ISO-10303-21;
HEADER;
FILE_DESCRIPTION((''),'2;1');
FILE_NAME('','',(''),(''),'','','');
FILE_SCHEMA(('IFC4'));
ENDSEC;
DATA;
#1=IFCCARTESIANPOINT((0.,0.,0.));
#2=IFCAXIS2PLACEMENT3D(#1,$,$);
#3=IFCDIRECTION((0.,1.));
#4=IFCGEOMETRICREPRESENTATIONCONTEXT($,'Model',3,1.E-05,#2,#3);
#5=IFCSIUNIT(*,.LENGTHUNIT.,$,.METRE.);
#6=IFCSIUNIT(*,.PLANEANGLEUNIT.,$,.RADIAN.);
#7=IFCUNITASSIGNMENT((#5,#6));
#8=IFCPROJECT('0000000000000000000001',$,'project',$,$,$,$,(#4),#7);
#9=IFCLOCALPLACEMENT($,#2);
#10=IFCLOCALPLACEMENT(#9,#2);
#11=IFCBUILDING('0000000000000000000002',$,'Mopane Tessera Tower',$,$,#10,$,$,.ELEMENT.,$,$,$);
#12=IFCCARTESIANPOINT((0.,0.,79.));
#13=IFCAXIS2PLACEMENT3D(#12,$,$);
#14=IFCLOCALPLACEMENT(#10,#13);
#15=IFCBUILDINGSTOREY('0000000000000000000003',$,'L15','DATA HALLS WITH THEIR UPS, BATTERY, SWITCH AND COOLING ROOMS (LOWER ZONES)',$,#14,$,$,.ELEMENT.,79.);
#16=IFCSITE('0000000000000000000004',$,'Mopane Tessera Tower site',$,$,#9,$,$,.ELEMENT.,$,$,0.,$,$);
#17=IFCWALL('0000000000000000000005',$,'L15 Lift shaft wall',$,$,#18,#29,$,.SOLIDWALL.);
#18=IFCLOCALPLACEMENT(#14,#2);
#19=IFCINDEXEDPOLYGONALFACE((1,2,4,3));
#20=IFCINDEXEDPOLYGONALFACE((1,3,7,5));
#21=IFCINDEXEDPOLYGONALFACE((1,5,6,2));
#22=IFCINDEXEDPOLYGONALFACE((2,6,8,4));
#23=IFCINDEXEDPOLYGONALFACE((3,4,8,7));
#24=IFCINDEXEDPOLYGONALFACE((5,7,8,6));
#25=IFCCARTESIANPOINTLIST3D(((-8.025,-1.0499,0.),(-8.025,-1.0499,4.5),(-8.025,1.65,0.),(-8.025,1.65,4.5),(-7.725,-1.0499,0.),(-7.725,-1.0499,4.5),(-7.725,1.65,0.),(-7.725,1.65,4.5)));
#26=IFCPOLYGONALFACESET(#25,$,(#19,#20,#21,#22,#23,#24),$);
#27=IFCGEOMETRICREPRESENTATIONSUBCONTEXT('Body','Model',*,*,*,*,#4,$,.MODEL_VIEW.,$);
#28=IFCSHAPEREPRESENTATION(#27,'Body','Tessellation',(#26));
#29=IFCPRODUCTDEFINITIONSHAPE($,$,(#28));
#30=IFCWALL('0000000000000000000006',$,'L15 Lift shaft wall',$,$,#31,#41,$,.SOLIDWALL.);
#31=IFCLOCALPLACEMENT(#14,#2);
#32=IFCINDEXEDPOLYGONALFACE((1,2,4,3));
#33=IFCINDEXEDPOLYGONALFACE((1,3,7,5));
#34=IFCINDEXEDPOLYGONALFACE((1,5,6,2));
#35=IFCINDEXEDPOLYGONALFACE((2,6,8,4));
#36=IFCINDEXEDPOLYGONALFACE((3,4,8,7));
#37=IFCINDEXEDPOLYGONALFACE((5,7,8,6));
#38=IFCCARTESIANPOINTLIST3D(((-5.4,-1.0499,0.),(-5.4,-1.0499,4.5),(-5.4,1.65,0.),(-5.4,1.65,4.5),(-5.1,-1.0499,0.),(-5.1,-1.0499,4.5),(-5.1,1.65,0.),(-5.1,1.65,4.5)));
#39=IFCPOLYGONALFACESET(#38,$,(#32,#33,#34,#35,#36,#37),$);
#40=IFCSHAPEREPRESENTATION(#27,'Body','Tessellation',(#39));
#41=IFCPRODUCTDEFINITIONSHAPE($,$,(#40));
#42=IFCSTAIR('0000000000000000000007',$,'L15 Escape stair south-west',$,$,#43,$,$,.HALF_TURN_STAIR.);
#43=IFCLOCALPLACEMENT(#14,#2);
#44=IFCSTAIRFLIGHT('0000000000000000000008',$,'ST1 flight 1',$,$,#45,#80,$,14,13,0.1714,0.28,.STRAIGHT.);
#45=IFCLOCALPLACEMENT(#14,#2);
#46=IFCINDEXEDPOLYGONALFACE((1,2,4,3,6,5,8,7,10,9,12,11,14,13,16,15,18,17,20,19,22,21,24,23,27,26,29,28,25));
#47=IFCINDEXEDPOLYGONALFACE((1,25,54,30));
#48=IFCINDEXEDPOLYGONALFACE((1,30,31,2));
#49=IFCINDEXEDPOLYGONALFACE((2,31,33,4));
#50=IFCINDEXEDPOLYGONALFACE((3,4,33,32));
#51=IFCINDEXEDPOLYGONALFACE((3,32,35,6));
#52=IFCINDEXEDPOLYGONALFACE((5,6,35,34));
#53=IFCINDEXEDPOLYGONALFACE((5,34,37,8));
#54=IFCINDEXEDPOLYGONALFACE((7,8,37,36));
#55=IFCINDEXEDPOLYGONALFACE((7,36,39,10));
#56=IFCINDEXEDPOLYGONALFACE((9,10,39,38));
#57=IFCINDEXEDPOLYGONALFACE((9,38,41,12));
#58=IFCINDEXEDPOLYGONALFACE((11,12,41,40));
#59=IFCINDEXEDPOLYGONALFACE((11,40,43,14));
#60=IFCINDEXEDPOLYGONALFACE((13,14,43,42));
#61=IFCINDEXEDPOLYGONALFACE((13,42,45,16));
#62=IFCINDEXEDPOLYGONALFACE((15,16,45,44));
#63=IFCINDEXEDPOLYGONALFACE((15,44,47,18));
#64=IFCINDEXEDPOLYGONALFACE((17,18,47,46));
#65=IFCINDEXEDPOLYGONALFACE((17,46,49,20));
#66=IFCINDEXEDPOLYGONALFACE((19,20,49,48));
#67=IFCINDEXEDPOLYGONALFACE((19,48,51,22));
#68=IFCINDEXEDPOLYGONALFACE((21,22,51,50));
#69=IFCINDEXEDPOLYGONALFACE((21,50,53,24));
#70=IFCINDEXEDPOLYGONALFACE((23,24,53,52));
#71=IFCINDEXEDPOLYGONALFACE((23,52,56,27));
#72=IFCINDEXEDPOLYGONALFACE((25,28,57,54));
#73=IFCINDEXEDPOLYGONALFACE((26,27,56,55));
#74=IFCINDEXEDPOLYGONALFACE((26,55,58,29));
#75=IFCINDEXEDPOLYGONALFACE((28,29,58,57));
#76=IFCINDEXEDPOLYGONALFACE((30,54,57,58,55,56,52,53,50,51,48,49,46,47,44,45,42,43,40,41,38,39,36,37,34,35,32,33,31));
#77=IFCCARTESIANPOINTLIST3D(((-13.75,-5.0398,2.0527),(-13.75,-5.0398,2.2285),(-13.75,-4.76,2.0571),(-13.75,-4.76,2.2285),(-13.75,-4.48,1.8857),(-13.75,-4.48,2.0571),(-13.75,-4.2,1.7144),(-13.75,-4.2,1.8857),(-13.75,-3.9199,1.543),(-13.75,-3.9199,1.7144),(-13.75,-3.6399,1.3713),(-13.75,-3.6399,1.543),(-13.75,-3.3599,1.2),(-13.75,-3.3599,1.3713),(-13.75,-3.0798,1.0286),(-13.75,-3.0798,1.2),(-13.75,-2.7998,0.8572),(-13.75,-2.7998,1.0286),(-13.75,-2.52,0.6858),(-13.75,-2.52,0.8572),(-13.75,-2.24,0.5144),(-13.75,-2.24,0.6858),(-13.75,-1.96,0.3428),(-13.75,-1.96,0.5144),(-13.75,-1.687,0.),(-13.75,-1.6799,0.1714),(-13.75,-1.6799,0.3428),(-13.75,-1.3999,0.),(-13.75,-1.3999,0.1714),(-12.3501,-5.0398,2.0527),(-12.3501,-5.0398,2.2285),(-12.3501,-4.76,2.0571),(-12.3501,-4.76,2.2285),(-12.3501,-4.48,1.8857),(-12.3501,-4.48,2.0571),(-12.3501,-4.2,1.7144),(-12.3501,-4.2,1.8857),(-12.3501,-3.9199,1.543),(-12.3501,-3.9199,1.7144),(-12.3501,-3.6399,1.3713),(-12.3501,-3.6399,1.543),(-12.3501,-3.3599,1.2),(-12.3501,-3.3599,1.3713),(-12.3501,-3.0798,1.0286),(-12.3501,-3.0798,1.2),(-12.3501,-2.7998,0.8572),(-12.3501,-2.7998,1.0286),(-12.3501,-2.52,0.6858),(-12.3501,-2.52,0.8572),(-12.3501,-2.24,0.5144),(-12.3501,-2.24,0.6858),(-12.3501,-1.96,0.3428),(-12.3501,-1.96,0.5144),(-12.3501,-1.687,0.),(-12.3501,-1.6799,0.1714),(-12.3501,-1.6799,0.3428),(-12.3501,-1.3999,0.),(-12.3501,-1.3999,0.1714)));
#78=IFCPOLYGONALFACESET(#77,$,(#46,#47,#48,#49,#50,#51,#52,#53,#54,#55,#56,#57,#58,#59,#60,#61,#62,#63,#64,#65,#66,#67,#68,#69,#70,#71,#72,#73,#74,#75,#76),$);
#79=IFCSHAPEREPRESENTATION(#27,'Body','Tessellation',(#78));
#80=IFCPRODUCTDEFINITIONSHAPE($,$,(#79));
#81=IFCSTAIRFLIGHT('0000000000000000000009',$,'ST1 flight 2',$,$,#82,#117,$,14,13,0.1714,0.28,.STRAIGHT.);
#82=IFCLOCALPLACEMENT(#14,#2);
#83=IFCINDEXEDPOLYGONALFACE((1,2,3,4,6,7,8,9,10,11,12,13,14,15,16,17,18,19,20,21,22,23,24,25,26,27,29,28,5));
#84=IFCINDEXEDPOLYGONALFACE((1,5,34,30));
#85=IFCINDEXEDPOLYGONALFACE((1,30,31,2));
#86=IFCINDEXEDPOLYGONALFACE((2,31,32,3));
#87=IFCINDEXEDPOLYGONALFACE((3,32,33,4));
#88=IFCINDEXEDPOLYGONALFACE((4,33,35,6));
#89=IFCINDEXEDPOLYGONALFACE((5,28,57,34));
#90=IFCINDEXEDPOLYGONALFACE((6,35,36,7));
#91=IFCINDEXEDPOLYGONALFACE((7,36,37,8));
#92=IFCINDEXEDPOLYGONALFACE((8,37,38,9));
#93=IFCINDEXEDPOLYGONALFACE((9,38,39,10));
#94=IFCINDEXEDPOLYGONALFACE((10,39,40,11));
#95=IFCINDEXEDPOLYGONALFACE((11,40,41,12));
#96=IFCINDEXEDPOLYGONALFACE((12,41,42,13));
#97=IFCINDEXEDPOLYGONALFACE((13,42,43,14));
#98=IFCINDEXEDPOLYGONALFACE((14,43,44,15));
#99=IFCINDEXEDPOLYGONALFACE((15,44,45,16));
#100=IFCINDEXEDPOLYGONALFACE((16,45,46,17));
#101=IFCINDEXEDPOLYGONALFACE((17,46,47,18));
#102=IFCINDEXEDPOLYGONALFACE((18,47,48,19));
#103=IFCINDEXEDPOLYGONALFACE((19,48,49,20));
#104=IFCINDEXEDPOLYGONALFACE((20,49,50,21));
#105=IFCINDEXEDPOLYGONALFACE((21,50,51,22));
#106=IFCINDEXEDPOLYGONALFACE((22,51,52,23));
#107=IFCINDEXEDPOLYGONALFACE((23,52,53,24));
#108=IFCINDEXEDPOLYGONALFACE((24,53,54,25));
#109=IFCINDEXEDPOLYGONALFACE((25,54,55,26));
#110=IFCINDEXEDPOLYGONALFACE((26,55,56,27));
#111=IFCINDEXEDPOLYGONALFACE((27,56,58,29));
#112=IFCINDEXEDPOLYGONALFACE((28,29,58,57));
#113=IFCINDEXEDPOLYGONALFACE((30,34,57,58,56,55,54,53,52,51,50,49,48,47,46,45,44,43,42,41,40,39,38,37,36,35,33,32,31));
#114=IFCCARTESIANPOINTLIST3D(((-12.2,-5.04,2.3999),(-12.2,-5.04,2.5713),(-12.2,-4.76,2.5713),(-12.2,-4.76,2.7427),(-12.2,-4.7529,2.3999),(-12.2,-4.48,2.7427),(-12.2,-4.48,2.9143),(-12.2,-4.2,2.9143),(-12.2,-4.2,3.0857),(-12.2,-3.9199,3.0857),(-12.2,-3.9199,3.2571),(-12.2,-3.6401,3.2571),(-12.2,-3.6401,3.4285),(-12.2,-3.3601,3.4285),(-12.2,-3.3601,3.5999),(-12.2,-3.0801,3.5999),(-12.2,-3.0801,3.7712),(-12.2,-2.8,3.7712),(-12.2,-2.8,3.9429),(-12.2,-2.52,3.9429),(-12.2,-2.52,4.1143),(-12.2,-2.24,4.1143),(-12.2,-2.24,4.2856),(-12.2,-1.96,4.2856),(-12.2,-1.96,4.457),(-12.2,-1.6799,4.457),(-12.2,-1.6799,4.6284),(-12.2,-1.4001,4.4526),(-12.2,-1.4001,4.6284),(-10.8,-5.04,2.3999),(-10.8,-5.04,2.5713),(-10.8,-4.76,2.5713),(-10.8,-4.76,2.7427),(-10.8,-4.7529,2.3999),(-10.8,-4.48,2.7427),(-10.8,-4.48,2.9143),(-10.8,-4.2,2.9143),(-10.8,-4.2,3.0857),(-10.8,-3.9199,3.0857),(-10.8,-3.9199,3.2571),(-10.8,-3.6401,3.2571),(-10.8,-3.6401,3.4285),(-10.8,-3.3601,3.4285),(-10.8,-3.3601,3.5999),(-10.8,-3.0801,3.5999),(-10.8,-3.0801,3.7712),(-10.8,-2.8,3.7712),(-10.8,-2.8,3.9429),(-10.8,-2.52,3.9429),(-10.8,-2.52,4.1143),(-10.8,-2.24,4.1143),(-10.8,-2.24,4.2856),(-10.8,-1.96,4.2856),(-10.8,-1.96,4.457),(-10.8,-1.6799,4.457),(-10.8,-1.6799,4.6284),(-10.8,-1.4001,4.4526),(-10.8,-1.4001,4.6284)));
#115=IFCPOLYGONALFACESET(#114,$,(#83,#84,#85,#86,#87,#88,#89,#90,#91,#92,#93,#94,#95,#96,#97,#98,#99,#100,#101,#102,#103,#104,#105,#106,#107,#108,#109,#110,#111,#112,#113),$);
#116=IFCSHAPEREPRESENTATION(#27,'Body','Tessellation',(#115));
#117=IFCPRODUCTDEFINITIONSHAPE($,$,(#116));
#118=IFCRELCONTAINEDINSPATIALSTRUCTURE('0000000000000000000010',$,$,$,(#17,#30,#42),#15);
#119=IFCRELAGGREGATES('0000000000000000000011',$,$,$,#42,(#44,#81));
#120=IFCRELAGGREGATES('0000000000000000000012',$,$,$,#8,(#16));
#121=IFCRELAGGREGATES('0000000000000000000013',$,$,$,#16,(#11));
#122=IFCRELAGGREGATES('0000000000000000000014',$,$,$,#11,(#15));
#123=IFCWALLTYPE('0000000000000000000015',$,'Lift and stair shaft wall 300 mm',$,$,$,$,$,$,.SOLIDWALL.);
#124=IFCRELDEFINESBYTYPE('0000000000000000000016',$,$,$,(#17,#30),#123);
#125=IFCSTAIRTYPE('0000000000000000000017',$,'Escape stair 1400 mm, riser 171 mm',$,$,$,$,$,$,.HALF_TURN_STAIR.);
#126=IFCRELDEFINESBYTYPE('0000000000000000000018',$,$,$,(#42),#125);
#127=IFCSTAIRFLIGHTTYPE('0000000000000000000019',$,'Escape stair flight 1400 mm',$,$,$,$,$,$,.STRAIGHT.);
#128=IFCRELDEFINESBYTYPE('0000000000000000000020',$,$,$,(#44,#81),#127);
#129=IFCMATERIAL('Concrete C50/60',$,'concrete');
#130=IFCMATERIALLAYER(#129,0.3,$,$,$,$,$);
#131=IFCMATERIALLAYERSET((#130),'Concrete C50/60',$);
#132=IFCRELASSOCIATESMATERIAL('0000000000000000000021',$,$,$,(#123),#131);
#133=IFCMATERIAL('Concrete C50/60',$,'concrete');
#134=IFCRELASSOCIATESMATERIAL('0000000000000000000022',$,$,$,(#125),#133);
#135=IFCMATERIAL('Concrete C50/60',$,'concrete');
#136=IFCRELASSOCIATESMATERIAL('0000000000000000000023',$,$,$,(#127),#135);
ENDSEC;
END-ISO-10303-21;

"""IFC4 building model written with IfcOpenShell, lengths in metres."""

from ifc_helpers import new_model, si_unit, direction, frame, frame_2d, origin, place, context, subcontext, project, spatial, polyline, rectangle, outline, extrude, material, layer, layer_set, type_object, element, aggregate, save


model = new_model("IFC4")

# Units and contexts
model_context = context("Model", 3, precision=1e-05, world=origin(), true_north=direction((0.0, 1.0)))
body_context = subcontext(model_context, "Body", "Model", "MODEL_VIEW")
ifc_project = project(units=[si_unit("LENGTHUNIT", "METRE"), si_unit("PLANEANGLEUNIT", "RADIAN")], contexts=[model_context])

# Site, building, storey
site_placement = place(None, origin())
site = spatial("IfcSite", under=ifc_project, at=site_placement, Name="Mopane Tessera Tower site", CompositionType="ELEMENT", RefElevation=0.0)
building_placement = place(site_placement, origin())
building = spatial("IfcBuilding", under=site, at=building_placement, Name="Mopane Tessera Tower", CompositionType="ELEMENT")
storey_placement = place(building_placement, frame((0.0, 0.0, 79.0)))
storey = spatial("IfcBuildingStorey", under=building, at=storey_placement, Name="L15", Description="DATA HALLS WITH THEIR UPS, BATTERY, SWITCH AND COOLING ROOMS (LOWER ZONES)", CompositionType="ELEMENT", Elevation=79.0)

# Walls
ifc_material_1 = material(Name="Concrete C50/60", Category="concrete")
ifc_layer_1 = layer(ifc_material_1, 0.3)
ifc_layer_set_1 = layer_set([ifc_layer_1], Name="Concrete C50/60")
wall_type_1 = type_object("IfcWallType", Name="Lift and stair shaft wall 300 mm", PredefinedType="SOLIDWALL", material=ifc_layer_set_1)
for number, where, z_axis, x_axis, name in (
    (1, (-7.875, -1.05, 0.0), (0.0, 0.0, 1.0), (0.0, 1.0, 0.0), "L15 Lift shaft wall"),
    (2, (-5.25, -1.05, 0.0), (0.0, 0.0, 1.0), (0.0, 1.0, 0.0), "L15 Lift shaft wall"),
):
    element("IfcWall", number, at=place(storey_placement, frame(where, z_axis=z_axis, x_axis=x_axis)), inside=storey, type_object=wall_type_1, Name=name, PredefinedType="SOLIDWALL", context=body_context, shape_type="SweptSolid", body=[
        extrude(rectangle(XDim=2.7, YDim=0.3, at=frame_2d((1.3501, 0.0))), origin(), (0.0, 0.0, 1.0), 4.5),
    ])

# Stair, stair flights
ifc_material_2 = material(Name="Concrete C50/60", Category="concrete")
stair_type = type_object("IfcStairType", Name="Escape stair 1400 mm, riser 171 mm", PredefinedType="HALF_TURN_STAIR", material=ifc_material_2)
stair_placement = place(storey_placement, origin())
stair = element("IfcStair", 3, at=stair_placement, inside=storey, type_object=stair_type, Name="L15 Escape stair south-west", PredefinedType="HALF_TURN_STAIR")
ifc_material_3 = material(Name="Concrete C50/60", Category="concrete")
stair_flight_type = type_object("IfcStairFlightType", Name="Escape stair flight 1400 mm", PredefinedType="STRAIGHT", material=ifc_material_3)
stair_flight_1_placement = place(storey_placement, frame((-13.05, -1.3999, 0.0), z_axis=(0.0, 0.0, 1.0), x_axis=(0.0, -1.0, 0.0)))
stair_flight_1 = element("IfcStairFlight", 4, at=stair_flight_1_placement, type_object=stair_flight_type, Name="ST1 flight 1", NumberOfRisers=14, NumberOfTreads=13, PredefinedType="STRAIGHT", RiserHeight=0.1714, TreadLength=0.28, context=body_context, shape_type="SweptSolid", body=[
    extrude(outline(polyline([(0.0, 0.0), (0.0, 0.1714), (0.28, 0.1714), (0.28, 0.3428), (0.5601, 0.3428), (0.5601, 0.5144), (0.8401, 0.5144), (0.8401, 0.6858), (1.1201, 0.6858), (1.1201, 0.8572), (1.3999, 0.8572), (1.3999, 1.0286), (1.6799, 1.0286), (1.6799, 1.2), (1.96, 1.2), (1.96, 1.3713), (2.24, 1.3713), (2.24, 1.543), (2.52, 1.543), (2.52, 1.7144), (2.8, 1.7144), (2.8, 1.8857), (3.0801, 1.8857), (3.0801, 2.0571), (3.3601, 2.0571), (3.3601, 2.2285), (3.6399, 2.2285), (3.6399, 2.3999), (3.6399, 2.0527), (0.2871, 0.0), (0.0, 0.0)])), frame((0.0, 0.7, 0.0), z_axis=(0.0, -1.0, 0.0), x_axis=(1.0, 0.0, 0.0)), (0.0, 0.0, 1.0), 1.3999),
])
stair_flight_2_placement = place(storey_placement, frame((-11.5, -5.04, 2.3999), z_axis=(0.0, 0.0, 1.0), x_axis=(0.0, 1.0, 0.0)))
stair_flight_2 = element("IfcStairFlight", 5, at=stair_flight_2_placement, type_object=stair_flight_type, Name="ST1 flight 2", NumberOfRisers=14, NumberOfTreads=13, PredefinedType="STRAIGHT", RiserHeight=0.1714, TreadLength=0.28, context=body_context, shape_type="SweptSolid", body=[
    extrude(outline(polyline([(0.0, 0.0), (0.0, 0.1714), (0.28, 0.1714), (0.28, 0.3428), (0.5601, 0.3428), (0.5601, 0.5144), (0.8401, 0.5144), (0.8401, 0.6858), (1.1201, 0.6858), (1.1201, 0.8572), (1.3999, 0.8572), (1.3999, 1.0286), (1.6799, 1.0286), (1.6799, 1.2), (1.96, 1.2), (1.96, 1.3713), (2.24, 1.3713), (2.24, 1.543), (2.52, 1.543), (2.52, 1.7144), (2.8, 1.7144), (2.8, 1.8857), (3.0801, 1.8857), (3.0801, 2.0571), (3.3601, 2.0571), (3.3601, 2.2285), (3.6399, 2.2285), (3.6399, 2.3999), (3.6399, 2.0527), (0.2871, 0.0), (0.0, 0.0)])), frame((0.0, 0.7, 0.0), z_axis=(0.0, -1.0, 0.0), x_axis=(1.0, 0.0, 0.0)), (0.0, 0.0, 1.0), 1.3999),
])
aggregate(stair, [stair_flight_1, stair_flight_2])

save(model, "model.ifc")
